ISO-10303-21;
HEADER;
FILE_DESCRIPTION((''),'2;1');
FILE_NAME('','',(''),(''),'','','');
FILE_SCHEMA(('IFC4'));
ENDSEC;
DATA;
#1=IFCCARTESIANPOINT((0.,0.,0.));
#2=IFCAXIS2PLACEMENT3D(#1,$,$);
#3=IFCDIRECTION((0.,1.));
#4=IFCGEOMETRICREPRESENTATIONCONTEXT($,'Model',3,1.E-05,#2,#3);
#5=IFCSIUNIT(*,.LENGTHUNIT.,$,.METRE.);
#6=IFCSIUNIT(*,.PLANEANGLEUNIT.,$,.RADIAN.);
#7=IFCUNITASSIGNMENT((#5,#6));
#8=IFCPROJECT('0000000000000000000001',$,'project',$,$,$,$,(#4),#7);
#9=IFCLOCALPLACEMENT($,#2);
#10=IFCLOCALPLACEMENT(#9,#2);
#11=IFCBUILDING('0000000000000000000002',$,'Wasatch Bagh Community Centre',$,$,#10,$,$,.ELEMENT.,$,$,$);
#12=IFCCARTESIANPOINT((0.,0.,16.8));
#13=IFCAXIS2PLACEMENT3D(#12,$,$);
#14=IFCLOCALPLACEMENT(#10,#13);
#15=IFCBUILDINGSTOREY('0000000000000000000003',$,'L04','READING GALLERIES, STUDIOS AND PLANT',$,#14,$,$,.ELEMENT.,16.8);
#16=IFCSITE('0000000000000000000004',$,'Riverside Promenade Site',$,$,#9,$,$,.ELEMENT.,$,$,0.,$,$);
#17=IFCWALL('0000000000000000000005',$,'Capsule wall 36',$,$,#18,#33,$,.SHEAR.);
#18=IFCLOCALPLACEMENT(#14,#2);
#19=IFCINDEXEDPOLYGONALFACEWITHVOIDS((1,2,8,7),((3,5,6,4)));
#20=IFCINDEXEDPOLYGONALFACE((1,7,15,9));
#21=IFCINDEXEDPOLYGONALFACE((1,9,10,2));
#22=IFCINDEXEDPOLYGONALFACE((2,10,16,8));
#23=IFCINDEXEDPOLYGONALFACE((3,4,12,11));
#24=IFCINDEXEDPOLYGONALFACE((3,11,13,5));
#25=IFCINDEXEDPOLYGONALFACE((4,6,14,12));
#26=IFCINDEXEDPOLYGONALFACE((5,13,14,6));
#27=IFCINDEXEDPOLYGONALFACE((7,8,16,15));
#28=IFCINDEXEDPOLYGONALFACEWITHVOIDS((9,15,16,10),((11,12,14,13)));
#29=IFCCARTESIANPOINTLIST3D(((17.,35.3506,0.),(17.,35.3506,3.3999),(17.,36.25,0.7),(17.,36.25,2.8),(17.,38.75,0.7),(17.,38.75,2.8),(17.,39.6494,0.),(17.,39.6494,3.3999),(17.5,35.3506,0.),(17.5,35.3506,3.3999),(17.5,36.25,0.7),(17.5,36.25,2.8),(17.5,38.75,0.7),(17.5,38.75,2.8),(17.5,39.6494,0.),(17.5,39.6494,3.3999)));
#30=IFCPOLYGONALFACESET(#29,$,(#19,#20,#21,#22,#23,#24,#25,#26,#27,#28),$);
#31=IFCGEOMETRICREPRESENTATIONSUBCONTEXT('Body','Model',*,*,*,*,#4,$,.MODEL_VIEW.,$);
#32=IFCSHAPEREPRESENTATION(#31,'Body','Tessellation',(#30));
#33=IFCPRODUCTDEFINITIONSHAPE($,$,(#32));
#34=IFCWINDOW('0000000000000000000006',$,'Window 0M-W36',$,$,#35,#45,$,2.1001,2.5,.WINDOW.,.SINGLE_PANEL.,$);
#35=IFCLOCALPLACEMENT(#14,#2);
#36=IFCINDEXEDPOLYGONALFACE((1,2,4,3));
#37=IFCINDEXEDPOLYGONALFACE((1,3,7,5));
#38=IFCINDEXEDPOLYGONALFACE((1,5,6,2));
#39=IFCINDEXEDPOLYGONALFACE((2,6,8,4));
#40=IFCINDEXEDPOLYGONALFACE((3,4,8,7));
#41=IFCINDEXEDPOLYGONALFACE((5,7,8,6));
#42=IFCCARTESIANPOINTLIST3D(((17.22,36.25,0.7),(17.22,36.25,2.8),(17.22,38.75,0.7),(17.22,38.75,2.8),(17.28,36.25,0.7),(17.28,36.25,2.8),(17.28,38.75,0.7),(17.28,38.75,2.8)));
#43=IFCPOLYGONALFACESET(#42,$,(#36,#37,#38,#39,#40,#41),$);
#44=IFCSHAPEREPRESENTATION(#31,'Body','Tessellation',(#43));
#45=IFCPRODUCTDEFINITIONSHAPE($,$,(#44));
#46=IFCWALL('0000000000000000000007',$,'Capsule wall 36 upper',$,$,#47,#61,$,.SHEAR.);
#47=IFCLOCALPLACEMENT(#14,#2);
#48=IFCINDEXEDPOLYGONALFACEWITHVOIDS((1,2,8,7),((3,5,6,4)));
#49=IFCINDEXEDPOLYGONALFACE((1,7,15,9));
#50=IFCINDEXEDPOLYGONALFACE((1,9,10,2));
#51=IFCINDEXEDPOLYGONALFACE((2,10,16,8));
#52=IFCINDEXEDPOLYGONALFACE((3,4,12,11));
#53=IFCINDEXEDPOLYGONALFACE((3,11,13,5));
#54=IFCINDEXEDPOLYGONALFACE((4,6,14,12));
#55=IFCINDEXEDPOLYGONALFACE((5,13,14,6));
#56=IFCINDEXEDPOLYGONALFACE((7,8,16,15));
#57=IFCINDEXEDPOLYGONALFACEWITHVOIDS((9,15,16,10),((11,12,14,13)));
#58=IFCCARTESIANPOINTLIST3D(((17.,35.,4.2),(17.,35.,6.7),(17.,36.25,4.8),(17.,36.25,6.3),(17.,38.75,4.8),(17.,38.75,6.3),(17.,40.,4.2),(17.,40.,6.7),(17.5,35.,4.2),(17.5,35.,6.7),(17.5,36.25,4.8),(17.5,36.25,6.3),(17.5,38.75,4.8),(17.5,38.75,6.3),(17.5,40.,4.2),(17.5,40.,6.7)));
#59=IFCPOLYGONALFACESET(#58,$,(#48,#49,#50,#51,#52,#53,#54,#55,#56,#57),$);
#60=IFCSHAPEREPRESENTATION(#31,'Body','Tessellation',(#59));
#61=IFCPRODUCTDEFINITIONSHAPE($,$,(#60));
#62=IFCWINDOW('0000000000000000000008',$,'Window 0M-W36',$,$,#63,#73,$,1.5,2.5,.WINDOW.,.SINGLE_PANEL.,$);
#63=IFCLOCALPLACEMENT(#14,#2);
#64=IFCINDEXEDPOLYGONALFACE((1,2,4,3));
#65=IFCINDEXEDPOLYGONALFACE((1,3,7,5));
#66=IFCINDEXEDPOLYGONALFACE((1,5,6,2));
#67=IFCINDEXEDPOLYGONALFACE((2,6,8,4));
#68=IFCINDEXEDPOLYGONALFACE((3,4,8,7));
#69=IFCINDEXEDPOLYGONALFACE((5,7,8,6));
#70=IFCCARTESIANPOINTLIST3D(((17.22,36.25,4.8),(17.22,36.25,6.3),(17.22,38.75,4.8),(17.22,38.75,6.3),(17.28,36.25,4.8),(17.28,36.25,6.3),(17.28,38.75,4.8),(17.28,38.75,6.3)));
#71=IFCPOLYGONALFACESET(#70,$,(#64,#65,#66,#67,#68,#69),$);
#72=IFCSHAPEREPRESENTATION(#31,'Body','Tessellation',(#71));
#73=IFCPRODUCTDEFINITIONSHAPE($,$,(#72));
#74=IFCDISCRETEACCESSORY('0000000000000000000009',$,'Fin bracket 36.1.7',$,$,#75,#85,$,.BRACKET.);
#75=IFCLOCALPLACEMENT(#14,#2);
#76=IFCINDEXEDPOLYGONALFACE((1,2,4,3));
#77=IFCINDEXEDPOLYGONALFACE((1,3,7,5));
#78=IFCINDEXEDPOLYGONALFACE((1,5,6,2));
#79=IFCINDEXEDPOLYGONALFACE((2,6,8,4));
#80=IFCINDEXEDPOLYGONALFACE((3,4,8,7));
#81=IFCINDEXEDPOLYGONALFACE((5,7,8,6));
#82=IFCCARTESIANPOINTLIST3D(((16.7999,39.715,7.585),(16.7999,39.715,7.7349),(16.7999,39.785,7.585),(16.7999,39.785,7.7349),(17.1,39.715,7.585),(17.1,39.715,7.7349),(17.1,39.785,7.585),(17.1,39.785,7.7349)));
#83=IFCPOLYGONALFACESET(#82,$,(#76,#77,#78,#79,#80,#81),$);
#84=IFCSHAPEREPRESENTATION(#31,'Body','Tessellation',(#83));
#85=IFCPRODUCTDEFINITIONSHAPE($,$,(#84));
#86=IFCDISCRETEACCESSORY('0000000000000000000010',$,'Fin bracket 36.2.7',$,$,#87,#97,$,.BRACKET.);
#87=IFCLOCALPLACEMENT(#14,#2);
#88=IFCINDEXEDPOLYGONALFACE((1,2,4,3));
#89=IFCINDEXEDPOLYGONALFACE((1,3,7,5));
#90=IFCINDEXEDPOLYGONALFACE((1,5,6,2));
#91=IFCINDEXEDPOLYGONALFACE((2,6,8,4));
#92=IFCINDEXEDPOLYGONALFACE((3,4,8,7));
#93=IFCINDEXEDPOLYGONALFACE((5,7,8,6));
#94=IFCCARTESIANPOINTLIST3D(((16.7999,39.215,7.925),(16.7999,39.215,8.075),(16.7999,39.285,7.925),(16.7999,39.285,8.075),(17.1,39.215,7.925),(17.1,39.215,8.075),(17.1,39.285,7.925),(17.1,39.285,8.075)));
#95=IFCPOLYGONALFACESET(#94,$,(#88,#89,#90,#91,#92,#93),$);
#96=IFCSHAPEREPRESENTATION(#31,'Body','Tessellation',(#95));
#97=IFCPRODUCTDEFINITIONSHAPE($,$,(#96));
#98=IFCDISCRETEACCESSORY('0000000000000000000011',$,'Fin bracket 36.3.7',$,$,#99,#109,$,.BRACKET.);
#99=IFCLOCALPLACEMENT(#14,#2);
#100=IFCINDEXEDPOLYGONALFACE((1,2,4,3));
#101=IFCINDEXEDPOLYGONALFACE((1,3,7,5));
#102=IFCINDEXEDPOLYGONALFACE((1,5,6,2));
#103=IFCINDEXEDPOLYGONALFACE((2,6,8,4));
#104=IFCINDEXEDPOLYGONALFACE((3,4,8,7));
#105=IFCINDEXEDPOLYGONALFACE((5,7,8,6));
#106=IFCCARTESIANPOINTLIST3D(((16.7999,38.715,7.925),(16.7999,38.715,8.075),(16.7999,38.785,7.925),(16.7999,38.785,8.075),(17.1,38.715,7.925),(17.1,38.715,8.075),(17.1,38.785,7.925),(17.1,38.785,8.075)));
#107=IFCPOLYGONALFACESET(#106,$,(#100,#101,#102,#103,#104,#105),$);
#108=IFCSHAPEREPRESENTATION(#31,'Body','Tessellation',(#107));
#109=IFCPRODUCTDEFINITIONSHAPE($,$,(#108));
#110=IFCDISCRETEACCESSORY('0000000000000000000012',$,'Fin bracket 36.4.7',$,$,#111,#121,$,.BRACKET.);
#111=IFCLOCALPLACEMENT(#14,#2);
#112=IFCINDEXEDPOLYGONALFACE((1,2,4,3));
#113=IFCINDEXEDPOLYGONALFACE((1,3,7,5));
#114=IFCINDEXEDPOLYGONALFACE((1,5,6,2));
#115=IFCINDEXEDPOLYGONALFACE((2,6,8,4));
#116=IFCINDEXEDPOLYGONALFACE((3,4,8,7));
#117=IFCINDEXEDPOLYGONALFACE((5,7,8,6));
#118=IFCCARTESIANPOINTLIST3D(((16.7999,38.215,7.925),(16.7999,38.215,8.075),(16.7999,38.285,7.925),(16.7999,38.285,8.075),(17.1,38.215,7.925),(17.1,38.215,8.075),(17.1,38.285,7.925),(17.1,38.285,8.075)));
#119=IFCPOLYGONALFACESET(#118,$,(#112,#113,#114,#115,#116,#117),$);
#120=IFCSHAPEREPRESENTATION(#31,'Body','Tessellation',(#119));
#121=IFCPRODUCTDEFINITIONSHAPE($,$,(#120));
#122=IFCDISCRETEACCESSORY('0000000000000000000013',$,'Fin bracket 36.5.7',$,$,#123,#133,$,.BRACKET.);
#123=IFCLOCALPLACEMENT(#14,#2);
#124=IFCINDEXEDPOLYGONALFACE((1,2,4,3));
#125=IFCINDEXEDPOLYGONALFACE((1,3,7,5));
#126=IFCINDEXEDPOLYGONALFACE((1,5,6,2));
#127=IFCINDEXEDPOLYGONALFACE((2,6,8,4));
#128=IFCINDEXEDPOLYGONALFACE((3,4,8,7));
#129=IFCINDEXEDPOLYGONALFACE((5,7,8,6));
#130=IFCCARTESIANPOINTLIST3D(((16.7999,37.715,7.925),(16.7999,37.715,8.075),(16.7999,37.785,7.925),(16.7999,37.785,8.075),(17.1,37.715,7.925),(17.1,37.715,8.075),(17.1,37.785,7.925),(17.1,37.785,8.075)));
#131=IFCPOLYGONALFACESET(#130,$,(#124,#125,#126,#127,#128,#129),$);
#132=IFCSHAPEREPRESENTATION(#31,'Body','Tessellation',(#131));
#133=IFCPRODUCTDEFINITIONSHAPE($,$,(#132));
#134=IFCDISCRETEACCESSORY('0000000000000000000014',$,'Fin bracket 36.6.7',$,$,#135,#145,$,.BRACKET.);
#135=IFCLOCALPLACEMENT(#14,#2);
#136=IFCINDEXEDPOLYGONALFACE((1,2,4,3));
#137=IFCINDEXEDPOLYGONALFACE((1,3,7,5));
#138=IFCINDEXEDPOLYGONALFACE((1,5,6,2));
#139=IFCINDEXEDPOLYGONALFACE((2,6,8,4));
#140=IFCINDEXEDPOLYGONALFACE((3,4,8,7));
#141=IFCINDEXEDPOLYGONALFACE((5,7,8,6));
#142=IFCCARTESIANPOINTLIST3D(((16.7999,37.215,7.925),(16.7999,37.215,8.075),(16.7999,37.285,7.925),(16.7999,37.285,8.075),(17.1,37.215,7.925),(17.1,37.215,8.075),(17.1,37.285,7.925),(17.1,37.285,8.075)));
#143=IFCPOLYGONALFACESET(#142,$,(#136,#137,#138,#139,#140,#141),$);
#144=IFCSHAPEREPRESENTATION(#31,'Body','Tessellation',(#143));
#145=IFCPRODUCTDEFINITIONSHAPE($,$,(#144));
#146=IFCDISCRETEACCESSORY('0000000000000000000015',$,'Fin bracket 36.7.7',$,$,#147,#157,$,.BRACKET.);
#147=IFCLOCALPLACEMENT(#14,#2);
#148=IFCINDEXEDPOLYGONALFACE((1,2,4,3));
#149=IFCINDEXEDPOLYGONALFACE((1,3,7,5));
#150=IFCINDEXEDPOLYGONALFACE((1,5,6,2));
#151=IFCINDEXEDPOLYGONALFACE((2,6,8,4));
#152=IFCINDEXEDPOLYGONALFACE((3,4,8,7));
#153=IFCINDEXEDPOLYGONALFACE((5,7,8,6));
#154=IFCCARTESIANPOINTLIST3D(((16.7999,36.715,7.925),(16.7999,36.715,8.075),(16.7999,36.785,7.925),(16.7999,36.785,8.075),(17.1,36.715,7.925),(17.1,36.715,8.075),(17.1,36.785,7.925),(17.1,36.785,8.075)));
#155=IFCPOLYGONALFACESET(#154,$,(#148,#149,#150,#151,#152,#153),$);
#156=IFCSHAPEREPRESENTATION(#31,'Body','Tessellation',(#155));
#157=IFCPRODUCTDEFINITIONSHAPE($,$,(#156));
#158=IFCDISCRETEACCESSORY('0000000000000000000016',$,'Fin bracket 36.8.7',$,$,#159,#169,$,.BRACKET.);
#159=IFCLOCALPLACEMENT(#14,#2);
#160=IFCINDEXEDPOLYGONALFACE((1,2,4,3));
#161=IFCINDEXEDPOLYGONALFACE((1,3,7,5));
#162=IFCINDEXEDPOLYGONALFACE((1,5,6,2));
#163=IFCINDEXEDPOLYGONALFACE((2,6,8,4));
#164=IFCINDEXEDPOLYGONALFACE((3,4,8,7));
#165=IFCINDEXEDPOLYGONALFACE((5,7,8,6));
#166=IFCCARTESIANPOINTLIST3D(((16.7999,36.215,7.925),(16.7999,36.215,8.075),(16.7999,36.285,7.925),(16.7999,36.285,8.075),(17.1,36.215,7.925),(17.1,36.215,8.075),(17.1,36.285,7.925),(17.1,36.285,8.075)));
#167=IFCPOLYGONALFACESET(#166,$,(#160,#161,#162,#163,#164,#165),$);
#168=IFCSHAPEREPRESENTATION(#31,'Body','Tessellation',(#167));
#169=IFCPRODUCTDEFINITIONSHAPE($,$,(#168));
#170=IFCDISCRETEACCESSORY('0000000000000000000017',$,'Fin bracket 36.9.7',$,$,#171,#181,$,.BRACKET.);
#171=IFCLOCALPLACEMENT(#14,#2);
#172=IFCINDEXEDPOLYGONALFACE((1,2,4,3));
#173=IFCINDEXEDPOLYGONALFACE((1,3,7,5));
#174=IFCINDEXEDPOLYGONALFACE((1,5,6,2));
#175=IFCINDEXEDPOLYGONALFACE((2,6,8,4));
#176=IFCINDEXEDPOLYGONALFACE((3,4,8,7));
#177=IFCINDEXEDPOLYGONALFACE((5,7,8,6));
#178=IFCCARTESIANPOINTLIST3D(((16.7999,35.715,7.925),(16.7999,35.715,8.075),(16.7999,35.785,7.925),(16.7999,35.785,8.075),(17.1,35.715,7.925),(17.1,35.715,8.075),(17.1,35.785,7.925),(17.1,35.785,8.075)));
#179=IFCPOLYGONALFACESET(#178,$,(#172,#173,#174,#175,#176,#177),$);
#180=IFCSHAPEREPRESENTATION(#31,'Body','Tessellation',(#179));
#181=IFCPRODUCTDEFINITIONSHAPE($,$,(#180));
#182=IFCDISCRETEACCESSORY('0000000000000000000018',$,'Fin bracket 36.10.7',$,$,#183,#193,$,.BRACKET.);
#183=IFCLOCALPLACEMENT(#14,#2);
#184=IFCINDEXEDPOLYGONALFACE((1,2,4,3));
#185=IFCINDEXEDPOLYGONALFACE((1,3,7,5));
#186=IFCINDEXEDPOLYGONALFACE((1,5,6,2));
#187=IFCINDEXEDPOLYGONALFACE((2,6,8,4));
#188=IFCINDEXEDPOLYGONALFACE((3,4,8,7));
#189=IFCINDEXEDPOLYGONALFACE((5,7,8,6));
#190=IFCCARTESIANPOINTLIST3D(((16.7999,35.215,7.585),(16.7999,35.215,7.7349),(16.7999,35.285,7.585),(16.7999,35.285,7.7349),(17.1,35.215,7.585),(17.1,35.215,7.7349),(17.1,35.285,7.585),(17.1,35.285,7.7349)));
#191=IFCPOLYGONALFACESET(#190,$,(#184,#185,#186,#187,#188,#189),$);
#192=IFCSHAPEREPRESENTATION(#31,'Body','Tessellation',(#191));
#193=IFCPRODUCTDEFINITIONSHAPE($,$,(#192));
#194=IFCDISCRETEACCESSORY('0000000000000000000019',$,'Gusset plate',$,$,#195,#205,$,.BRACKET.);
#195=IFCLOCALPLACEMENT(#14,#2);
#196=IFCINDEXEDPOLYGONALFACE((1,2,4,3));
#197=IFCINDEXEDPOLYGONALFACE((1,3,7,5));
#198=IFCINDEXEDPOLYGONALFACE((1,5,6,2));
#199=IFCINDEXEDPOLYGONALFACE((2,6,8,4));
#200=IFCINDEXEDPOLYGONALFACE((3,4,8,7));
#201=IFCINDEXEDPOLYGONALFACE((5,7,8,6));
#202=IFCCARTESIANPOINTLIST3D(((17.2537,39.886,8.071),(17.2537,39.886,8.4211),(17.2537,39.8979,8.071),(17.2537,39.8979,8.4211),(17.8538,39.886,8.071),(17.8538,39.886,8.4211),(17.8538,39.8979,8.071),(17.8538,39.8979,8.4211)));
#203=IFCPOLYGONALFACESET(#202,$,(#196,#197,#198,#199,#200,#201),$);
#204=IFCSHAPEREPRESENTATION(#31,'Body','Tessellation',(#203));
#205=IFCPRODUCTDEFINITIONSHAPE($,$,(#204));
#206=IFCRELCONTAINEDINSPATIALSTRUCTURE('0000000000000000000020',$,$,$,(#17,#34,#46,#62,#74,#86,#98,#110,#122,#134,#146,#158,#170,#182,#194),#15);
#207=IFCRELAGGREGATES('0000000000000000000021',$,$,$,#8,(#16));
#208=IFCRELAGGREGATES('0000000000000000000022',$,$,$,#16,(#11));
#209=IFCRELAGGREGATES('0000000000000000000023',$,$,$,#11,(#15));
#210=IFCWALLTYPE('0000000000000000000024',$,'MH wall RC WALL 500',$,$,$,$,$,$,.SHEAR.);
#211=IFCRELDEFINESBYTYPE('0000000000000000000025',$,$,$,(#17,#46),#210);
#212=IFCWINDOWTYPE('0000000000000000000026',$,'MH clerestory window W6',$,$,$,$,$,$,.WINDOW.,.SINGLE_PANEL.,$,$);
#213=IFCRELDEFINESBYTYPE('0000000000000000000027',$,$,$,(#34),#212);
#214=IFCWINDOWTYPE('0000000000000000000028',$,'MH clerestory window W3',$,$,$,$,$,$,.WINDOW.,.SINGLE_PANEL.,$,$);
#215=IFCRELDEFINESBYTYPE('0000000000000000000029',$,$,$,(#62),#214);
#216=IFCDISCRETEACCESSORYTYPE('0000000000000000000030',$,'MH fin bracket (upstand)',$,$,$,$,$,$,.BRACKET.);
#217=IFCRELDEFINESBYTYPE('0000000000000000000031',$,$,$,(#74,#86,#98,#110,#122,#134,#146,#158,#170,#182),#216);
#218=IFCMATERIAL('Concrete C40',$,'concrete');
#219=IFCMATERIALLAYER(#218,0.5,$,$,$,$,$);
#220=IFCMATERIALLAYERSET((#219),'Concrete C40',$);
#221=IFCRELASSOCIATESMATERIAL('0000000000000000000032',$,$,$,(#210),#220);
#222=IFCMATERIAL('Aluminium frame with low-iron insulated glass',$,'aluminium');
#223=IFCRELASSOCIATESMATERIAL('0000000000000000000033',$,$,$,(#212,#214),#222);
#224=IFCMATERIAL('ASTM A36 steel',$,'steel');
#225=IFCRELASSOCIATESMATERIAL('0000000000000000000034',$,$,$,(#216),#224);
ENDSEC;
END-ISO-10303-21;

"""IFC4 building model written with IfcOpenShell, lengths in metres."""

from ifc_helpers import new_model, si_unit, direction, frame, frame_2d, origin, origin_2d, place, context, subcontext, project, spatial, polyline, rectangle, outline, extrude, material, layer, layer_set, type_object, element, fill, save


model = new_model("IFC4")

# Units and contexts
model_context = context("Model", 3, precision=1e-05, world=origin(), true_north=direction((0.0, 1.0)))
body_context = subcontext(model_context, "Body", "Model", "MODEL_VIEW")
ifc_project = project(units=[si_unit("LENGTHUNIT", "METRE"), si_unit("PLANEANGLEUNIT", "RADIAN")], contexts=[model_context])

# Site, building, storey
site_placement = place(None, origin())
site = spatial("IfcSite", under=ifc_project, at=site_placement, Name="Riverside Promenade Site", CompositionType="ELEMENT", RefElevation=0.0)
building_placement = place(site_placement, origin())
building = spatial("IfcBuilding", under=site, at=building_placement, Name="Wasatch Bagh Community Centre", CompositionType="ELEMENT")
storey_placement = place(building_placement, frame((0.0, 0.0, 16.8)))
storey = spatial("IfcBuildingStorey", under=building, at=storey_placement, Name="L04", Description="READING GALLERIES, STUDIOS AND PLANT", CompositionType="ELEMENT", Elevation=16.8)

# Shared definitions
ifc_material_1 = material(Name="Concrete C40", Category="concrete")

# Shared definitions
ifc_material_2 = material(Name="ASTM A36 steel", Category="steel")

# Walls, openings, windows
ifc_layer_1 = layer(ifc_material_1, 0.5)
ifc_layer_set_1 = layer_set([ifc_layer_1], Name="Concrete C40")
wall_type_1 = type_object("IfcWallType", Name="MH wall RC WALL 500", PredefinedType="SHEAR", material=ifc_layer_set_1)
wall_1_placement = place(storey_placement, frame((17.25, 39.6494, 0.0), z_axis=(0.0, 0.0, 1.0), x_axis=(0.0, -1.0, 0.0)))
wall_1 = element("IfcWall", 1, at=wall_1_placement, inside=storey, type_object=wall_type_1, Name="Capsule wall 36", PredefinedType="SHEAR", context=body_context, shape_type="SweptSolid", body=[
    extrude(rectangle(XDim=4.2988, YDim=0.5, at=frame_2d((2.1494, 0.0))), origin(), (0.0, 0.0, 1.0), 3.3999),
])
opening_1_placement = place(wall_1_placement, frame((0.8994, 0.0, 0.7)))
opening_1 = element("IfcOpeningElement", 2, at=opening_1_placement, cuts=wall_1, PredefinedType="OPENING", context=body_context, shape_type="SweptSolid", body=[
    extrude(rectangle(XDim=2.5, YDim=2.1001, at=frame_2d((1.25, 1.05))), frame((0.0, 0.26, 0.0), z_axis=(0.0, -1.0, 0.0), x_axis=(1.0, 0.0, 0.0)), (0.0, 0.0, 1.0), 0.52),
])
ifc_material_3 = material(Name="Aluminium frame with low-iron insulated glass", Category="aluminium")
window_type_1 = type_object("IfcWindowType", Name="MH clerestory window W6", PartitioningType="SINGLE_PANEL", PredefinedType="WINDOW", material=ifc_material_3)
window_1_placement = place(opening_1_placement, origin())
window_1 = element("IfcWindow", 3, at=window_1_placement, inside=storey, type_object=window_type_1, Name="Window 0M-W36", OverallHeight=2.1001, OverallWidth=2.5, PartitioningType="SINGLE_PANEL", PredefinedType="WINDOW", context=body_context, shape_type="SweptSolid", body=[
    extrude(rectangle(XDim=2.5, YDim=2.1001, at=frame_2d((1.25, 1.05))), frame((0.0, 0.03, 0.0), z_axis=(0.0, -1.0, 0.0), x_axis=(1.0, 0.0, 0.0)), (0.0, 0.0, 1.0), 0.0601),
])
fill(opening_1, window_1)
wall_2_placement = place(storey_placement, frame((17.25, 40.0, 4.2), z_axis=(0.0, 0.0, 1.0), x_axis=(0.0, -1.0, 0.0)))
wall_2 = element("IfcWall", 4, at=wall_2_placement, inside=storey, type_object=wall_type_1, Name="Capsule wall 36 upper", PredefinedType="SHEAR", context=body_context, shape_type="SweptSolid", body=[
    extrude(rectangle(XDim=5.0, YDim=0.5, at=frame_2d((2.5, 0.0))), origin(), (0.0, 0.0, 1.0), 2.5),
])
opening_2_placement = place(wall_2_placement, frame((1.25, 0.0, 0.6001)))
opening_2 = element("IfcOpeningElement", 5, at=opening_2_placement, cuts=wall_2, PredefinedType="OPENING", context=body_context, shape_type="SweptSolid", body=[
    extrude(rectangle(XDim=2.5, YDim=1.5, at=frame_2d((1.25, 0.75))), frame((0.0, 0.26, 0.0), z_axis=(0.0, -1.0, 0.0), x_axis=(1.0, 0.0, 0.0)), (0.0, 0.0, 1.0), 0.52),
])
window_type_2 = type_object("IfcWindowType", Name="MH clerestory window W3", PartitioningType="SINGLE_PANEL", PredefinedType="WINDOW", material=ifc_material_3)
window_2_placement = place(opening_2_placement, origin())
window_2 = element("IfcWindow", 6, at=window_2_placement, inside=storey, type_object=window_type_2, Name="Window 0M-W36", OverallHeight=1.5, OverallWidth=2.5, PartitioningType="SINGLE_PANEL", PredefinedType="WINDOW", context=body_context, shape_type="SweptSolid", body=[
    extrude(rectangle(XDim=2.5, YDim=1.5, at=frame_2d((1.25, 0.75))), frame((0.0, 0.03, 0.0), z_axis=(0.0, -1.0, 0.0), x_axis=(1.0, 0.0, 0.0)), (0.0, 0.0, 1.0), 0.0601),
])
fill(opening_2, window_2)

# Discrete accessories
discrete_accessory_type = type_object("IfcDiscreteAccessoryType", Name="MH fin bracket (upstand)", PredefinedType="BRACKET", material=ifc_material_2)
for number, where, z_axis, x_axis, name in (
    (7, (16.95, 39.75, 7.585), (0.0, 0.0, 1.0), (0.0, -1.0, 0.0), "Fin bracket 36.1.7"),
    (8, (16.95, 39.25, 7.925), (0.0, 0.0, 1.0), (0.0, -1.0, 0.0), "Fin bracket 36.2.7"),
    (9, (16.95, 38.75, 7.925), (0.0, 0.0, 1.0), (0.0, -1.0, 0.0), "Fin bracket 36.3.7"),
    (10, (16.95, 38.25, 7.925), (0.0, 0.0, 1.0), (0.0, -1.0, 0.0), "Fin bracket 36.4.7"),
    (11, (16.95, 37.75, 7.925), (0.0, 0.0, 1.0), (0.0, -1.0, 0.0), "Fin bracket 36.5.7"),
    (12, (16.95, 37.25, 7.925), (0.0, 0.0, 1.0), (0.0, -1.0, 0.0), "Fin bracket 36.6.7"),
    (13, (16.95, 36.75, 7.925), (0.0, 0.0, 1.0), (0.0, -1.0, 0.0), "Fin bracket 36.7.7"),
    (14, (16.95, 36.25, 7.925), (0.0, 0.0, 1.0), (0.0, -1.0, 0.0), "Fin bracket 36.8.7"),
    (15, (16.95, 35.75, 7.925), (0.0, 0.0, 1.0), (0.0, -1.0, 0.0), "Fin bracket 36.9.7"),
    (16, (16.95, 35.25, 7.585), (0.0, 0.0, 1.0), (0.0, -1.0, 0.0), "Fin bracket 36.10.7"),
):
    element("IfcDiscreteAccessory", number, at=place(storey_placement, frame(where, z_axis=z_axis, x_axis=x_axis)), inside=storey, type_object=discrete_accessory_type, Name=name, PredefinedType="BRACKET", context=body_context, shape_type="SweptSolid", body=[
        extrude(rectangle(XDim=0.0701, YDim=0.3, at=origin_2d()), origin(), (0.0, 0.0, 1.0), 0.1499),
    ])
discrete_accessory_1_placement = place(storey_placement, frame((17.2537, 39.886, 8.071), z_axis=(0.0, -1.0, 0.0), x_axis=(1.0, 0.0, 0.0)))
element("IfcDiscreteAccessory", 17, at=discrete_accessory_1_placement, inside=storey, Name="Gusset plate", PredefinedType="BRACKET", context=body_context, shape_type="SweptSolid", body=[
    extrude(outline(polyline([(0.0, 0.0), (0.6001, 0.0), (0.6001, 0.3501), (0.0, 0.3501), (0.0, 0.0)])), origin(), (0.0, 0.0, -1.0), 0.012),
])

save(model, "model.ifc")
